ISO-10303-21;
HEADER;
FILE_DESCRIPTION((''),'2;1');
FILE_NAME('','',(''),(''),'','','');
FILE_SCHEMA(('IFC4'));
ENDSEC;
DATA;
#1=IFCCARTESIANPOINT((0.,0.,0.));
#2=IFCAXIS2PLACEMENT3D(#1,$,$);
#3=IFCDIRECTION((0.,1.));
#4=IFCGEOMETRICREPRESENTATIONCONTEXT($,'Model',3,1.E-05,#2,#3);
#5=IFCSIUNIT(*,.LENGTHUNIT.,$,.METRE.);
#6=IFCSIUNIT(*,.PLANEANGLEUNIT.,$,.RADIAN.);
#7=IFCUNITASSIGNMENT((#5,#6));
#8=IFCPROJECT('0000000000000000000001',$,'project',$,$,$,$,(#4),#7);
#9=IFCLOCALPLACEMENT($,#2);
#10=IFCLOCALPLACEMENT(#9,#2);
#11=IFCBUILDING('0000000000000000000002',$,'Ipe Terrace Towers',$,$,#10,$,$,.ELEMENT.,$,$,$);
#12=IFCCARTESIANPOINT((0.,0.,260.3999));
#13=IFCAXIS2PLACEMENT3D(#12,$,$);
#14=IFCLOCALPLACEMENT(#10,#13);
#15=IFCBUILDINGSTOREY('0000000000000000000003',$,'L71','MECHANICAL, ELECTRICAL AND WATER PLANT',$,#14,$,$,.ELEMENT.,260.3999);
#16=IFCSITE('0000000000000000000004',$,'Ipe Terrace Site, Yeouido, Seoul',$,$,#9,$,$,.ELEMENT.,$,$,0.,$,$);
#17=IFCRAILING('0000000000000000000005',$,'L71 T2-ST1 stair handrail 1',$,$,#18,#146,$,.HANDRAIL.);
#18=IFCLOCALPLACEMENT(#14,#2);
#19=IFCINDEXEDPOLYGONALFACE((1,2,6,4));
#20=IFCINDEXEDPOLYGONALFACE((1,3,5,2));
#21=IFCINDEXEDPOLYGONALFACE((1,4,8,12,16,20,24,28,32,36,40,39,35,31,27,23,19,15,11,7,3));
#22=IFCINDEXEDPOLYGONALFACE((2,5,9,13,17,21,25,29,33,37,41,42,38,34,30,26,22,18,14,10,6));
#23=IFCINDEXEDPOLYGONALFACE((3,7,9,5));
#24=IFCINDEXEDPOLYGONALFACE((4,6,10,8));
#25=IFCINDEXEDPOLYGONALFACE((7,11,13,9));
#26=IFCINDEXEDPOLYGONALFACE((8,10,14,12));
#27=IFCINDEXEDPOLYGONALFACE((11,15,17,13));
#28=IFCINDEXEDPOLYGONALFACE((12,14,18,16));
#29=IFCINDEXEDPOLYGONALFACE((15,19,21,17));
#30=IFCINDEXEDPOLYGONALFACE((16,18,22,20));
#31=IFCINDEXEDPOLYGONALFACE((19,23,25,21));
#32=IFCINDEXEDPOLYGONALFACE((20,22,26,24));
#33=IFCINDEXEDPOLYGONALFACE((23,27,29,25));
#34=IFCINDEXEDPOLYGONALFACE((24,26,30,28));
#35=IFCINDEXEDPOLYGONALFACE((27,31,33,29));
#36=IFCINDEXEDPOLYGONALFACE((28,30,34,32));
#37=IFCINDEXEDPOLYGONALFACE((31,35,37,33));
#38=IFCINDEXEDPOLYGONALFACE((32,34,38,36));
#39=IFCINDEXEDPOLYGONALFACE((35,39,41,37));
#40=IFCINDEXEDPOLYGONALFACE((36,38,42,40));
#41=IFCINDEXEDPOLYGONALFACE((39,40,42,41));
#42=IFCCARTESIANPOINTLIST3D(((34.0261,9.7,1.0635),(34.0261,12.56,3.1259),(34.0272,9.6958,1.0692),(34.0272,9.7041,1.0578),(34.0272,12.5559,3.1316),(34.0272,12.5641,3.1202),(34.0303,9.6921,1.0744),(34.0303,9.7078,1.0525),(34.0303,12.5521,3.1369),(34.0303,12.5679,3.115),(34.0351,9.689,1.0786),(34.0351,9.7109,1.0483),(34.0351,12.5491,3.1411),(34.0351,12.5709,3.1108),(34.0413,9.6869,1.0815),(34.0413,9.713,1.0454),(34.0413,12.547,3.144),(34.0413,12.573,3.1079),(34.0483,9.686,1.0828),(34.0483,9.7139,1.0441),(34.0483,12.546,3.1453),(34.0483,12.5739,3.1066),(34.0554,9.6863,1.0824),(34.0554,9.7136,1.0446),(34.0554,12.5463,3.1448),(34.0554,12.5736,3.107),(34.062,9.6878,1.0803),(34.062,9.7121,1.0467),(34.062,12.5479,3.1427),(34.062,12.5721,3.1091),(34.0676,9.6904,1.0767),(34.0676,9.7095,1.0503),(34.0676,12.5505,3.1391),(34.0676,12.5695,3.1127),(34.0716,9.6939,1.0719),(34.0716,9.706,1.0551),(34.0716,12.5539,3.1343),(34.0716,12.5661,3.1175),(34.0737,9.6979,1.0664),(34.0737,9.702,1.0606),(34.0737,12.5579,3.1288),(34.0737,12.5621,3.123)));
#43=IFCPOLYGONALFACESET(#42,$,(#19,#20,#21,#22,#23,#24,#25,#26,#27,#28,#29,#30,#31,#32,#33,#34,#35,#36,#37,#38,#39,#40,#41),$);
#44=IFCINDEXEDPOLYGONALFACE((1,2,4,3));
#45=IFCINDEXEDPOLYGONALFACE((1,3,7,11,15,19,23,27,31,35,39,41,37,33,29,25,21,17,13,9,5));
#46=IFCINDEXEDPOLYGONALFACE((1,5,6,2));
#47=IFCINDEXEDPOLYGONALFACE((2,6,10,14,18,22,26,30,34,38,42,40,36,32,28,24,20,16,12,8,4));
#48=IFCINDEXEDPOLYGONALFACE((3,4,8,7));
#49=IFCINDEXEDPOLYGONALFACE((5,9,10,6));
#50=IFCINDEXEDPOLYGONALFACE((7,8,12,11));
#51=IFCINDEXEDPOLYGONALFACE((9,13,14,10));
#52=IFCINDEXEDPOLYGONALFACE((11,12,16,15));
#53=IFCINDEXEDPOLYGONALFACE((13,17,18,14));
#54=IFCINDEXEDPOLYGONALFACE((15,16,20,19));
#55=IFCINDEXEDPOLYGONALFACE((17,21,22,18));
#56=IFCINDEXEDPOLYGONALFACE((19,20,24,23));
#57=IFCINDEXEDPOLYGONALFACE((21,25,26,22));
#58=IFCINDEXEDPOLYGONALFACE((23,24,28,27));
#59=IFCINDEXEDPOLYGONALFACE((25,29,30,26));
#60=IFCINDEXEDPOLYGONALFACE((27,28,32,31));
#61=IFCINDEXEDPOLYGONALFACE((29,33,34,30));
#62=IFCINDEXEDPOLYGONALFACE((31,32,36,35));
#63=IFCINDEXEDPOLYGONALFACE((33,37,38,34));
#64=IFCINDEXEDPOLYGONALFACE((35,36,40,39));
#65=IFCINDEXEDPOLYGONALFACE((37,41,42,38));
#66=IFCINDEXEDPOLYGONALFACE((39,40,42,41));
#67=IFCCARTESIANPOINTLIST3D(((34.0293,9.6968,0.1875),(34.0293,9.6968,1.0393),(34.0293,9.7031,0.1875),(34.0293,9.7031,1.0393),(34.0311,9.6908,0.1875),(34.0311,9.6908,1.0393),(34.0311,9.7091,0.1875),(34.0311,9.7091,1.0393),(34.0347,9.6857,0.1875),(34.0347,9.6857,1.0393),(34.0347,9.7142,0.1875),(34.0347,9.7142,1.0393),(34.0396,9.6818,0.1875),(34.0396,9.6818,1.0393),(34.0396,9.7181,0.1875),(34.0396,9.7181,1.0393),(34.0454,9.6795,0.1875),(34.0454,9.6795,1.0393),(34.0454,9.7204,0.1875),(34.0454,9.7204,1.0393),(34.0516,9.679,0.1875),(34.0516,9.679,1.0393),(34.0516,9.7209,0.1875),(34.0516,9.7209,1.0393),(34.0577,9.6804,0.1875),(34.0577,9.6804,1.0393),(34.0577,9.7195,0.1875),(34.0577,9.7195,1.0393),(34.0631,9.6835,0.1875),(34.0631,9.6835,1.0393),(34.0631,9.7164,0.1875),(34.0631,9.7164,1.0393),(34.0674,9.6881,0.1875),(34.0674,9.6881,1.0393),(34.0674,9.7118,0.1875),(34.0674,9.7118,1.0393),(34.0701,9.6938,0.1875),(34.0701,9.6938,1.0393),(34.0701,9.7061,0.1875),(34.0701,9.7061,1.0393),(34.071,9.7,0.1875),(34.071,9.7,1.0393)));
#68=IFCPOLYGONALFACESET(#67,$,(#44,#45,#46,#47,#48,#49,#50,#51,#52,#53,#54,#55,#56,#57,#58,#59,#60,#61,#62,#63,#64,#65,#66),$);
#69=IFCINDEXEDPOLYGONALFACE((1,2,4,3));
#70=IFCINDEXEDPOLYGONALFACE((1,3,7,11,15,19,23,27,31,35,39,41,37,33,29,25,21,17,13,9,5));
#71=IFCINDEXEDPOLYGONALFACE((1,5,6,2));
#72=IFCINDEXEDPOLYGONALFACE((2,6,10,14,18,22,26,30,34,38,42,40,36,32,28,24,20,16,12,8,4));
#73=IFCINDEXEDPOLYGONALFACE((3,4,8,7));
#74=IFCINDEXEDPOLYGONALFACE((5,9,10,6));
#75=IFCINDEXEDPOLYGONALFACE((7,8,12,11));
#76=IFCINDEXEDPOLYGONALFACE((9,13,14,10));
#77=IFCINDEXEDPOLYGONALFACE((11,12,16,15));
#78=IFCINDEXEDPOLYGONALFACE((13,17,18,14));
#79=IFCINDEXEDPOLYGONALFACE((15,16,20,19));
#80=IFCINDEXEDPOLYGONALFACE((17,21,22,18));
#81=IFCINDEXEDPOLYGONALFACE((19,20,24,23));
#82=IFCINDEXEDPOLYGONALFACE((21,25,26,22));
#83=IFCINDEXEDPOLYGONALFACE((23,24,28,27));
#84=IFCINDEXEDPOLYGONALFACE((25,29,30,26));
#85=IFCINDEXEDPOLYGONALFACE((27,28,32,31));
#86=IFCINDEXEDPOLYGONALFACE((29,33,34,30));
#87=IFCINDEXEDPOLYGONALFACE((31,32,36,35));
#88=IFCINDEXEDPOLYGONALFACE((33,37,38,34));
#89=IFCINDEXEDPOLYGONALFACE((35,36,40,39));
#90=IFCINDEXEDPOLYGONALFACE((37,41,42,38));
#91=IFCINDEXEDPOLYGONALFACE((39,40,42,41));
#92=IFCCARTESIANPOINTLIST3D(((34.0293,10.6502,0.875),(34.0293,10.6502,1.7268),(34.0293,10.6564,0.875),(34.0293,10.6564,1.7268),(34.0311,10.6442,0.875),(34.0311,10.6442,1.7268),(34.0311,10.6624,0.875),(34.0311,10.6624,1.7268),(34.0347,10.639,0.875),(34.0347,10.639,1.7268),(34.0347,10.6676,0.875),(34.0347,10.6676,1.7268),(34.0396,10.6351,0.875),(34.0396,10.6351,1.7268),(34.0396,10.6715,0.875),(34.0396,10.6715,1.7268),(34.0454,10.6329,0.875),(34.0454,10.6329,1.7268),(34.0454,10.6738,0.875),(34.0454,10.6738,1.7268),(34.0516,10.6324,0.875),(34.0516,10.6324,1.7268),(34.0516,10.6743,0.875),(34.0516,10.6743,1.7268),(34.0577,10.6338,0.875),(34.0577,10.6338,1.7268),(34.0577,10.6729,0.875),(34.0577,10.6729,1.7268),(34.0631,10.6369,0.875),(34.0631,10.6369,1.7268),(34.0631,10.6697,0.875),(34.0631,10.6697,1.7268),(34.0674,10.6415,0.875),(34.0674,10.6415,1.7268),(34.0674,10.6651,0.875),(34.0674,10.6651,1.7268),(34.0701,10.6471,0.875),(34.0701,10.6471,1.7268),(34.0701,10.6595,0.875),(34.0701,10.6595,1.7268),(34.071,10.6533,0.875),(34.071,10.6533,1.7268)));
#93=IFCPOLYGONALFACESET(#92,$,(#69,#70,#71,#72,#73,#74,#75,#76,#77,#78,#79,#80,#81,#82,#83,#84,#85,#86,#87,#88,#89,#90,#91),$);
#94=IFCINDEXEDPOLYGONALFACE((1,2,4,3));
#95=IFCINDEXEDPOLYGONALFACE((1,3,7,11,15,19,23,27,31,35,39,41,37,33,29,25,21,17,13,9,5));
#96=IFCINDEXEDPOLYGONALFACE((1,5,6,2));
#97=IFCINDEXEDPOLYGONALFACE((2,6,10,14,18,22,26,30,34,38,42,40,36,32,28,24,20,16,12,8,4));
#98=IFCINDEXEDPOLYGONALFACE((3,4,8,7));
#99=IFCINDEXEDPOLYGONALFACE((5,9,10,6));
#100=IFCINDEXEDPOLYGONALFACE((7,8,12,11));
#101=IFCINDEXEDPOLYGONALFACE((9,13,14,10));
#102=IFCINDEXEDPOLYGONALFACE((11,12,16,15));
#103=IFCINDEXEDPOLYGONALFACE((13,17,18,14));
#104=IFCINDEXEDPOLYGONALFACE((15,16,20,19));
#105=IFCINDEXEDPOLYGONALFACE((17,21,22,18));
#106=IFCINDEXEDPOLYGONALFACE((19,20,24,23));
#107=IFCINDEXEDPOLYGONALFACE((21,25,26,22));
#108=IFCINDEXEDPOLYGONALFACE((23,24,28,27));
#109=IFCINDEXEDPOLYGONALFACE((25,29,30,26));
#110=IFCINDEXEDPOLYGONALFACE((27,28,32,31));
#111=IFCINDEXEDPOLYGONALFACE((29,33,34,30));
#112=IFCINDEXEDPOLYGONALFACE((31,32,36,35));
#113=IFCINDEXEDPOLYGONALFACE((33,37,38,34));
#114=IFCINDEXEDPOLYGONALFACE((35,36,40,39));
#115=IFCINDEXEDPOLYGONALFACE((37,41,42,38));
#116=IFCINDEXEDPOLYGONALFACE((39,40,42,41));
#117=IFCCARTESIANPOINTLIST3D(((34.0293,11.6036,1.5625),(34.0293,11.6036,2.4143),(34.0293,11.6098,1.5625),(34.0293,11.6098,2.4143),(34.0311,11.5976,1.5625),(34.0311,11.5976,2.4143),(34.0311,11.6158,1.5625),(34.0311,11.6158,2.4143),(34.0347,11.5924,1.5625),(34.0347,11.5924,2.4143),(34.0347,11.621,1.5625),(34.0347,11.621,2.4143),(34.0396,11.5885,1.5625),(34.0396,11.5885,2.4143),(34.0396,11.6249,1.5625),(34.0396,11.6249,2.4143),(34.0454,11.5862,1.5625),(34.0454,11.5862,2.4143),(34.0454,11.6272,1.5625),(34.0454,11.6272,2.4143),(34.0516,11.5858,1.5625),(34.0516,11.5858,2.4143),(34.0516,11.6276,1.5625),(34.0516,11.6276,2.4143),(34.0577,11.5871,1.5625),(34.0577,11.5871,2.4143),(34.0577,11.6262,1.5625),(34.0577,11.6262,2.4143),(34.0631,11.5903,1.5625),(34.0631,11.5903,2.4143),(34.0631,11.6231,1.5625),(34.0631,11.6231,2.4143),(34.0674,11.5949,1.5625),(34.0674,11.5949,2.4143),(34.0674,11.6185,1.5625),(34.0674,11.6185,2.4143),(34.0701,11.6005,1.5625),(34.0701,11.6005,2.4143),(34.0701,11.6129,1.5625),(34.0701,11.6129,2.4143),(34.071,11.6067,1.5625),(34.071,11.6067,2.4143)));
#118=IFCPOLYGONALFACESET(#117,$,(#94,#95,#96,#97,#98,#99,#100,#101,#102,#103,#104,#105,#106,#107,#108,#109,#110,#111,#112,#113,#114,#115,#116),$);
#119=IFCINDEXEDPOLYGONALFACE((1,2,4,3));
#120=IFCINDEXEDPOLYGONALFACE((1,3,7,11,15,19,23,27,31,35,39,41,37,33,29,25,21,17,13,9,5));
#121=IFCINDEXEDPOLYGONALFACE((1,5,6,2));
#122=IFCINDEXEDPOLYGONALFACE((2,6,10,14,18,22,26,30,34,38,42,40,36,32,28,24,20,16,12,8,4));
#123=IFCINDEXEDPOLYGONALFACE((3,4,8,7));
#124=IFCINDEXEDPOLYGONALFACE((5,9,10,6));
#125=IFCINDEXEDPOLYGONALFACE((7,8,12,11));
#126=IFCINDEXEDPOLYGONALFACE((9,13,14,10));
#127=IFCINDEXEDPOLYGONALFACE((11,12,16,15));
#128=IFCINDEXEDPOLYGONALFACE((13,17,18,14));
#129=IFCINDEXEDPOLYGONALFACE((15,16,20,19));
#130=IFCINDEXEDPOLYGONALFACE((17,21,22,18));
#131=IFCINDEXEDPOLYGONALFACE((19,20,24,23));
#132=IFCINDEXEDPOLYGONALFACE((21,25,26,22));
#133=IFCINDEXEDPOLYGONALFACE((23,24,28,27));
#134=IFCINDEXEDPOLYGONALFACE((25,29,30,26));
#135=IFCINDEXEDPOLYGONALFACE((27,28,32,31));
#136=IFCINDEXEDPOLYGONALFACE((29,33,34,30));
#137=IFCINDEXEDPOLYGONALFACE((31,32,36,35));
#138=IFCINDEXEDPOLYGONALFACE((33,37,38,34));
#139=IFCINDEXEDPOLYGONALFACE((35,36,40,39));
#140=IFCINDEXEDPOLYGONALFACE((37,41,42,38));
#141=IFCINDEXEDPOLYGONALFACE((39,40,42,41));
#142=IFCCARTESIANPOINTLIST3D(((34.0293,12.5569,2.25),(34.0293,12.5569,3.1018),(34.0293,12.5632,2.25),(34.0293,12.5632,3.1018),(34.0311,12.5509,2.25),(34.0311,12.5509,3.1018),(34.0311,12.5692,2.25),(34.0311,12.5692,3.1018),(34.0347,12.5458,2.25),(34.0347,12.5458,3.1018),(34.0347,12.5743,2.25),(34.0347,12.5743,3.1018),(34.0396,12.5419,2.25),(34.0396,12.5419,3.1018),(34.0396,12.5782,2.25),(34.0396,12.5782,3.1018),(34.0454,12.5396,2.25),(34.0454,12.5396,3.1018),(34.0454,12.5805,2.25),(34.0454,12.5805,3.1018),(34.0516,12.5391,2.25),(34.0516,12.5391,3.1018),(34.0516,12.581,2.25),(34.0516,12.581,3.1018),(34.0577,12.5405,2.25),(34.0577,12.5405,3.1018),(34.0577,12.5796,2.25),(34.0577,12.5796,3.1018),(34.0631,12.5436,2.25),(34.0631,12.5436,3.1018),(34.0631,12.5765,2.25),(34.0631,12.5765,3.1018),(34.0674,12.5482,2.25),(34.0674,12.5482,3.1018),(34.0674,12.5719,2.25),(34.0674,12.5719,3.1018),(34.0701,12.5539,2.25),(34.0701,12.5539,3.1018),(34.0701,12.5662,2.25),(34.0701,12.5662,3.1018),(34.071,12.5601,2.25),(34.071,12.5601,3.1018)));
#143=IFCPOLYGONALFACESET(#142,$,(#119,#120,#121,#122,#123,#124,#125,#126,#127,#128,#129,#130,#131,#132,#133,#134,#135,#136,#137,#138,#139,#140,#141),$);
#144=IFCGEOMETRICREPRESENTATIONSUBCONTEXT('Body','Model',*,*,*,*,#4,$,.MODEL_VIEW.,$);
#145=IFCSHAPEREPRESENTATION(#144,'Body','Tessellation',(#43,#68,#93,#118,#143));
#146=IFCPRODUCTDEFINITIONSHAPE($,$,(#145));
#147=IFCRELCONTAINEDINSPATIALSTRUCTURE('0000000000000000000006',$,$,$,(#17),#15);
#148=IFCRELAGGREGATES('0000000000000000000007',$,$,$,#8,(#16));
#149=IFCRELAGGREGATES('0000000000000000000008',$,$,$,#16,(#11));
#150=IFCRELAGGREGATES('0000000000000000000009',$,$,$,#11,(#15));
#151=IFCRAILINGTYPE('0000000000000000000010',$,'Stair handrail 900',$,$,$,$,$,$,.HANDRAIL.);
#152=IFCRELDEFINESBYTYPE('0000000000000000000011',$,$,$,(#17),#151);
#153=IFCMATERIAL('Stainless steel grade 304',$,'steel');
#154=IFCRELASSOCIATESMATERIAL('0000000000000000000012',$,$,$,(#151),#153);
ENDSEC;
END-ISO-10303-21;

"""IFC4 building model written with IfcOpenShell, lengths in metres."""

from ifc_helpers import new_model, si_unit, direction, frame, origin, origin_2d, place, context, subcontext, project, spatial, circle, extrude, material, type_object, element, save


model = new_model("IFC4")

# Units and contexts
model_context = context("Model", 3, precision=1e-05, world=origin(), true_north=direction((0.0, 1.0)))
body_context = subcontext(model_context, "Body", "Model", "MODEL_VIEW")
ifc_project = project(units=[si_unit("LENGTHUNIT", "METRE"), si_unit("PLANEANGLEUNIT", "RADIAN")], contexts=[model_context])

# Site, building, storey
site_placement = place(None, origin())
site = spatial("IfcSite", under=ifc_project, at=site_placement, Name="Ipe Terrace Site, Yeouido, Seoul", CompositionType="ELEMENT", RefElevation=0.0)
building_placement = place(site_placement, origin())
building = spatial("IfcBuilding", under=site, at=building_placement, Name="Ipe Terrace Towers", CompositionType="ELEMENT")
storey_placement = place(building_placement, frame((0.0, 0.0, 260.3999)))
storey = spatial("IfcBuildingStorey", under=building, at=storey_placement, Name="L71", Description="MECHANICAL, ELECTRICAL AND WATER PLANT", CompositionType="ELEMENT", Elevation=260.3999)

# Railing
ifc_material_1 = material(Name="Stainless steel grade 304", Category="steel")
railing_type_1 = type_object("IfcRailingType", Name="Stair handrail 900", PredefinedType="HANDRAIL", material=ifc_material_1)
railing_1_placement = place(storey_placement, frame((34.05, 9.7, 0.1875)))
element("IfcRailing", 1, at=railing_1_placement, inside=storey, type_object=railing_type_1, Name="L71 T2-ST1 stair handrail 1", PredefinedType="HANDRAIL", context=body_context, shape_type="SweptSolid", body=[
    extrude(circle(Radius=0.0239, at=origin_2d()), frame((0.0, 0.0, 0.876), z_axis=(0.0, 0.811101, 0.584906), x_axis=(-1.0, 0.0, 0.0)), (0.0, 0.0, 1.0), 3.5261),
    extrude(circle(Radius=0.021, at=origin_2d()), origin(), (0.0, 0.0, 1.0), 0.8518),
    extrude(circle(Radius=0.021, at=origin_2d()), frame((0.0, 0.9534, 0.6875)), (0.0, 0.0, 1.0), 0.8518),
    extrude(circle(Radius=0.021, at=origin_2d()), frame((0.0, 1.9067, 1.375)), (0.0, 0.0, 1.0), 0.8518),
    extrude(circle(Radius=0.021, at=origin_2d()), frame((0.0, 2.8601, 2.0625)), (0.0, 0.0, 1.0), 0.8518),
])

save(model, "model.ifc")
